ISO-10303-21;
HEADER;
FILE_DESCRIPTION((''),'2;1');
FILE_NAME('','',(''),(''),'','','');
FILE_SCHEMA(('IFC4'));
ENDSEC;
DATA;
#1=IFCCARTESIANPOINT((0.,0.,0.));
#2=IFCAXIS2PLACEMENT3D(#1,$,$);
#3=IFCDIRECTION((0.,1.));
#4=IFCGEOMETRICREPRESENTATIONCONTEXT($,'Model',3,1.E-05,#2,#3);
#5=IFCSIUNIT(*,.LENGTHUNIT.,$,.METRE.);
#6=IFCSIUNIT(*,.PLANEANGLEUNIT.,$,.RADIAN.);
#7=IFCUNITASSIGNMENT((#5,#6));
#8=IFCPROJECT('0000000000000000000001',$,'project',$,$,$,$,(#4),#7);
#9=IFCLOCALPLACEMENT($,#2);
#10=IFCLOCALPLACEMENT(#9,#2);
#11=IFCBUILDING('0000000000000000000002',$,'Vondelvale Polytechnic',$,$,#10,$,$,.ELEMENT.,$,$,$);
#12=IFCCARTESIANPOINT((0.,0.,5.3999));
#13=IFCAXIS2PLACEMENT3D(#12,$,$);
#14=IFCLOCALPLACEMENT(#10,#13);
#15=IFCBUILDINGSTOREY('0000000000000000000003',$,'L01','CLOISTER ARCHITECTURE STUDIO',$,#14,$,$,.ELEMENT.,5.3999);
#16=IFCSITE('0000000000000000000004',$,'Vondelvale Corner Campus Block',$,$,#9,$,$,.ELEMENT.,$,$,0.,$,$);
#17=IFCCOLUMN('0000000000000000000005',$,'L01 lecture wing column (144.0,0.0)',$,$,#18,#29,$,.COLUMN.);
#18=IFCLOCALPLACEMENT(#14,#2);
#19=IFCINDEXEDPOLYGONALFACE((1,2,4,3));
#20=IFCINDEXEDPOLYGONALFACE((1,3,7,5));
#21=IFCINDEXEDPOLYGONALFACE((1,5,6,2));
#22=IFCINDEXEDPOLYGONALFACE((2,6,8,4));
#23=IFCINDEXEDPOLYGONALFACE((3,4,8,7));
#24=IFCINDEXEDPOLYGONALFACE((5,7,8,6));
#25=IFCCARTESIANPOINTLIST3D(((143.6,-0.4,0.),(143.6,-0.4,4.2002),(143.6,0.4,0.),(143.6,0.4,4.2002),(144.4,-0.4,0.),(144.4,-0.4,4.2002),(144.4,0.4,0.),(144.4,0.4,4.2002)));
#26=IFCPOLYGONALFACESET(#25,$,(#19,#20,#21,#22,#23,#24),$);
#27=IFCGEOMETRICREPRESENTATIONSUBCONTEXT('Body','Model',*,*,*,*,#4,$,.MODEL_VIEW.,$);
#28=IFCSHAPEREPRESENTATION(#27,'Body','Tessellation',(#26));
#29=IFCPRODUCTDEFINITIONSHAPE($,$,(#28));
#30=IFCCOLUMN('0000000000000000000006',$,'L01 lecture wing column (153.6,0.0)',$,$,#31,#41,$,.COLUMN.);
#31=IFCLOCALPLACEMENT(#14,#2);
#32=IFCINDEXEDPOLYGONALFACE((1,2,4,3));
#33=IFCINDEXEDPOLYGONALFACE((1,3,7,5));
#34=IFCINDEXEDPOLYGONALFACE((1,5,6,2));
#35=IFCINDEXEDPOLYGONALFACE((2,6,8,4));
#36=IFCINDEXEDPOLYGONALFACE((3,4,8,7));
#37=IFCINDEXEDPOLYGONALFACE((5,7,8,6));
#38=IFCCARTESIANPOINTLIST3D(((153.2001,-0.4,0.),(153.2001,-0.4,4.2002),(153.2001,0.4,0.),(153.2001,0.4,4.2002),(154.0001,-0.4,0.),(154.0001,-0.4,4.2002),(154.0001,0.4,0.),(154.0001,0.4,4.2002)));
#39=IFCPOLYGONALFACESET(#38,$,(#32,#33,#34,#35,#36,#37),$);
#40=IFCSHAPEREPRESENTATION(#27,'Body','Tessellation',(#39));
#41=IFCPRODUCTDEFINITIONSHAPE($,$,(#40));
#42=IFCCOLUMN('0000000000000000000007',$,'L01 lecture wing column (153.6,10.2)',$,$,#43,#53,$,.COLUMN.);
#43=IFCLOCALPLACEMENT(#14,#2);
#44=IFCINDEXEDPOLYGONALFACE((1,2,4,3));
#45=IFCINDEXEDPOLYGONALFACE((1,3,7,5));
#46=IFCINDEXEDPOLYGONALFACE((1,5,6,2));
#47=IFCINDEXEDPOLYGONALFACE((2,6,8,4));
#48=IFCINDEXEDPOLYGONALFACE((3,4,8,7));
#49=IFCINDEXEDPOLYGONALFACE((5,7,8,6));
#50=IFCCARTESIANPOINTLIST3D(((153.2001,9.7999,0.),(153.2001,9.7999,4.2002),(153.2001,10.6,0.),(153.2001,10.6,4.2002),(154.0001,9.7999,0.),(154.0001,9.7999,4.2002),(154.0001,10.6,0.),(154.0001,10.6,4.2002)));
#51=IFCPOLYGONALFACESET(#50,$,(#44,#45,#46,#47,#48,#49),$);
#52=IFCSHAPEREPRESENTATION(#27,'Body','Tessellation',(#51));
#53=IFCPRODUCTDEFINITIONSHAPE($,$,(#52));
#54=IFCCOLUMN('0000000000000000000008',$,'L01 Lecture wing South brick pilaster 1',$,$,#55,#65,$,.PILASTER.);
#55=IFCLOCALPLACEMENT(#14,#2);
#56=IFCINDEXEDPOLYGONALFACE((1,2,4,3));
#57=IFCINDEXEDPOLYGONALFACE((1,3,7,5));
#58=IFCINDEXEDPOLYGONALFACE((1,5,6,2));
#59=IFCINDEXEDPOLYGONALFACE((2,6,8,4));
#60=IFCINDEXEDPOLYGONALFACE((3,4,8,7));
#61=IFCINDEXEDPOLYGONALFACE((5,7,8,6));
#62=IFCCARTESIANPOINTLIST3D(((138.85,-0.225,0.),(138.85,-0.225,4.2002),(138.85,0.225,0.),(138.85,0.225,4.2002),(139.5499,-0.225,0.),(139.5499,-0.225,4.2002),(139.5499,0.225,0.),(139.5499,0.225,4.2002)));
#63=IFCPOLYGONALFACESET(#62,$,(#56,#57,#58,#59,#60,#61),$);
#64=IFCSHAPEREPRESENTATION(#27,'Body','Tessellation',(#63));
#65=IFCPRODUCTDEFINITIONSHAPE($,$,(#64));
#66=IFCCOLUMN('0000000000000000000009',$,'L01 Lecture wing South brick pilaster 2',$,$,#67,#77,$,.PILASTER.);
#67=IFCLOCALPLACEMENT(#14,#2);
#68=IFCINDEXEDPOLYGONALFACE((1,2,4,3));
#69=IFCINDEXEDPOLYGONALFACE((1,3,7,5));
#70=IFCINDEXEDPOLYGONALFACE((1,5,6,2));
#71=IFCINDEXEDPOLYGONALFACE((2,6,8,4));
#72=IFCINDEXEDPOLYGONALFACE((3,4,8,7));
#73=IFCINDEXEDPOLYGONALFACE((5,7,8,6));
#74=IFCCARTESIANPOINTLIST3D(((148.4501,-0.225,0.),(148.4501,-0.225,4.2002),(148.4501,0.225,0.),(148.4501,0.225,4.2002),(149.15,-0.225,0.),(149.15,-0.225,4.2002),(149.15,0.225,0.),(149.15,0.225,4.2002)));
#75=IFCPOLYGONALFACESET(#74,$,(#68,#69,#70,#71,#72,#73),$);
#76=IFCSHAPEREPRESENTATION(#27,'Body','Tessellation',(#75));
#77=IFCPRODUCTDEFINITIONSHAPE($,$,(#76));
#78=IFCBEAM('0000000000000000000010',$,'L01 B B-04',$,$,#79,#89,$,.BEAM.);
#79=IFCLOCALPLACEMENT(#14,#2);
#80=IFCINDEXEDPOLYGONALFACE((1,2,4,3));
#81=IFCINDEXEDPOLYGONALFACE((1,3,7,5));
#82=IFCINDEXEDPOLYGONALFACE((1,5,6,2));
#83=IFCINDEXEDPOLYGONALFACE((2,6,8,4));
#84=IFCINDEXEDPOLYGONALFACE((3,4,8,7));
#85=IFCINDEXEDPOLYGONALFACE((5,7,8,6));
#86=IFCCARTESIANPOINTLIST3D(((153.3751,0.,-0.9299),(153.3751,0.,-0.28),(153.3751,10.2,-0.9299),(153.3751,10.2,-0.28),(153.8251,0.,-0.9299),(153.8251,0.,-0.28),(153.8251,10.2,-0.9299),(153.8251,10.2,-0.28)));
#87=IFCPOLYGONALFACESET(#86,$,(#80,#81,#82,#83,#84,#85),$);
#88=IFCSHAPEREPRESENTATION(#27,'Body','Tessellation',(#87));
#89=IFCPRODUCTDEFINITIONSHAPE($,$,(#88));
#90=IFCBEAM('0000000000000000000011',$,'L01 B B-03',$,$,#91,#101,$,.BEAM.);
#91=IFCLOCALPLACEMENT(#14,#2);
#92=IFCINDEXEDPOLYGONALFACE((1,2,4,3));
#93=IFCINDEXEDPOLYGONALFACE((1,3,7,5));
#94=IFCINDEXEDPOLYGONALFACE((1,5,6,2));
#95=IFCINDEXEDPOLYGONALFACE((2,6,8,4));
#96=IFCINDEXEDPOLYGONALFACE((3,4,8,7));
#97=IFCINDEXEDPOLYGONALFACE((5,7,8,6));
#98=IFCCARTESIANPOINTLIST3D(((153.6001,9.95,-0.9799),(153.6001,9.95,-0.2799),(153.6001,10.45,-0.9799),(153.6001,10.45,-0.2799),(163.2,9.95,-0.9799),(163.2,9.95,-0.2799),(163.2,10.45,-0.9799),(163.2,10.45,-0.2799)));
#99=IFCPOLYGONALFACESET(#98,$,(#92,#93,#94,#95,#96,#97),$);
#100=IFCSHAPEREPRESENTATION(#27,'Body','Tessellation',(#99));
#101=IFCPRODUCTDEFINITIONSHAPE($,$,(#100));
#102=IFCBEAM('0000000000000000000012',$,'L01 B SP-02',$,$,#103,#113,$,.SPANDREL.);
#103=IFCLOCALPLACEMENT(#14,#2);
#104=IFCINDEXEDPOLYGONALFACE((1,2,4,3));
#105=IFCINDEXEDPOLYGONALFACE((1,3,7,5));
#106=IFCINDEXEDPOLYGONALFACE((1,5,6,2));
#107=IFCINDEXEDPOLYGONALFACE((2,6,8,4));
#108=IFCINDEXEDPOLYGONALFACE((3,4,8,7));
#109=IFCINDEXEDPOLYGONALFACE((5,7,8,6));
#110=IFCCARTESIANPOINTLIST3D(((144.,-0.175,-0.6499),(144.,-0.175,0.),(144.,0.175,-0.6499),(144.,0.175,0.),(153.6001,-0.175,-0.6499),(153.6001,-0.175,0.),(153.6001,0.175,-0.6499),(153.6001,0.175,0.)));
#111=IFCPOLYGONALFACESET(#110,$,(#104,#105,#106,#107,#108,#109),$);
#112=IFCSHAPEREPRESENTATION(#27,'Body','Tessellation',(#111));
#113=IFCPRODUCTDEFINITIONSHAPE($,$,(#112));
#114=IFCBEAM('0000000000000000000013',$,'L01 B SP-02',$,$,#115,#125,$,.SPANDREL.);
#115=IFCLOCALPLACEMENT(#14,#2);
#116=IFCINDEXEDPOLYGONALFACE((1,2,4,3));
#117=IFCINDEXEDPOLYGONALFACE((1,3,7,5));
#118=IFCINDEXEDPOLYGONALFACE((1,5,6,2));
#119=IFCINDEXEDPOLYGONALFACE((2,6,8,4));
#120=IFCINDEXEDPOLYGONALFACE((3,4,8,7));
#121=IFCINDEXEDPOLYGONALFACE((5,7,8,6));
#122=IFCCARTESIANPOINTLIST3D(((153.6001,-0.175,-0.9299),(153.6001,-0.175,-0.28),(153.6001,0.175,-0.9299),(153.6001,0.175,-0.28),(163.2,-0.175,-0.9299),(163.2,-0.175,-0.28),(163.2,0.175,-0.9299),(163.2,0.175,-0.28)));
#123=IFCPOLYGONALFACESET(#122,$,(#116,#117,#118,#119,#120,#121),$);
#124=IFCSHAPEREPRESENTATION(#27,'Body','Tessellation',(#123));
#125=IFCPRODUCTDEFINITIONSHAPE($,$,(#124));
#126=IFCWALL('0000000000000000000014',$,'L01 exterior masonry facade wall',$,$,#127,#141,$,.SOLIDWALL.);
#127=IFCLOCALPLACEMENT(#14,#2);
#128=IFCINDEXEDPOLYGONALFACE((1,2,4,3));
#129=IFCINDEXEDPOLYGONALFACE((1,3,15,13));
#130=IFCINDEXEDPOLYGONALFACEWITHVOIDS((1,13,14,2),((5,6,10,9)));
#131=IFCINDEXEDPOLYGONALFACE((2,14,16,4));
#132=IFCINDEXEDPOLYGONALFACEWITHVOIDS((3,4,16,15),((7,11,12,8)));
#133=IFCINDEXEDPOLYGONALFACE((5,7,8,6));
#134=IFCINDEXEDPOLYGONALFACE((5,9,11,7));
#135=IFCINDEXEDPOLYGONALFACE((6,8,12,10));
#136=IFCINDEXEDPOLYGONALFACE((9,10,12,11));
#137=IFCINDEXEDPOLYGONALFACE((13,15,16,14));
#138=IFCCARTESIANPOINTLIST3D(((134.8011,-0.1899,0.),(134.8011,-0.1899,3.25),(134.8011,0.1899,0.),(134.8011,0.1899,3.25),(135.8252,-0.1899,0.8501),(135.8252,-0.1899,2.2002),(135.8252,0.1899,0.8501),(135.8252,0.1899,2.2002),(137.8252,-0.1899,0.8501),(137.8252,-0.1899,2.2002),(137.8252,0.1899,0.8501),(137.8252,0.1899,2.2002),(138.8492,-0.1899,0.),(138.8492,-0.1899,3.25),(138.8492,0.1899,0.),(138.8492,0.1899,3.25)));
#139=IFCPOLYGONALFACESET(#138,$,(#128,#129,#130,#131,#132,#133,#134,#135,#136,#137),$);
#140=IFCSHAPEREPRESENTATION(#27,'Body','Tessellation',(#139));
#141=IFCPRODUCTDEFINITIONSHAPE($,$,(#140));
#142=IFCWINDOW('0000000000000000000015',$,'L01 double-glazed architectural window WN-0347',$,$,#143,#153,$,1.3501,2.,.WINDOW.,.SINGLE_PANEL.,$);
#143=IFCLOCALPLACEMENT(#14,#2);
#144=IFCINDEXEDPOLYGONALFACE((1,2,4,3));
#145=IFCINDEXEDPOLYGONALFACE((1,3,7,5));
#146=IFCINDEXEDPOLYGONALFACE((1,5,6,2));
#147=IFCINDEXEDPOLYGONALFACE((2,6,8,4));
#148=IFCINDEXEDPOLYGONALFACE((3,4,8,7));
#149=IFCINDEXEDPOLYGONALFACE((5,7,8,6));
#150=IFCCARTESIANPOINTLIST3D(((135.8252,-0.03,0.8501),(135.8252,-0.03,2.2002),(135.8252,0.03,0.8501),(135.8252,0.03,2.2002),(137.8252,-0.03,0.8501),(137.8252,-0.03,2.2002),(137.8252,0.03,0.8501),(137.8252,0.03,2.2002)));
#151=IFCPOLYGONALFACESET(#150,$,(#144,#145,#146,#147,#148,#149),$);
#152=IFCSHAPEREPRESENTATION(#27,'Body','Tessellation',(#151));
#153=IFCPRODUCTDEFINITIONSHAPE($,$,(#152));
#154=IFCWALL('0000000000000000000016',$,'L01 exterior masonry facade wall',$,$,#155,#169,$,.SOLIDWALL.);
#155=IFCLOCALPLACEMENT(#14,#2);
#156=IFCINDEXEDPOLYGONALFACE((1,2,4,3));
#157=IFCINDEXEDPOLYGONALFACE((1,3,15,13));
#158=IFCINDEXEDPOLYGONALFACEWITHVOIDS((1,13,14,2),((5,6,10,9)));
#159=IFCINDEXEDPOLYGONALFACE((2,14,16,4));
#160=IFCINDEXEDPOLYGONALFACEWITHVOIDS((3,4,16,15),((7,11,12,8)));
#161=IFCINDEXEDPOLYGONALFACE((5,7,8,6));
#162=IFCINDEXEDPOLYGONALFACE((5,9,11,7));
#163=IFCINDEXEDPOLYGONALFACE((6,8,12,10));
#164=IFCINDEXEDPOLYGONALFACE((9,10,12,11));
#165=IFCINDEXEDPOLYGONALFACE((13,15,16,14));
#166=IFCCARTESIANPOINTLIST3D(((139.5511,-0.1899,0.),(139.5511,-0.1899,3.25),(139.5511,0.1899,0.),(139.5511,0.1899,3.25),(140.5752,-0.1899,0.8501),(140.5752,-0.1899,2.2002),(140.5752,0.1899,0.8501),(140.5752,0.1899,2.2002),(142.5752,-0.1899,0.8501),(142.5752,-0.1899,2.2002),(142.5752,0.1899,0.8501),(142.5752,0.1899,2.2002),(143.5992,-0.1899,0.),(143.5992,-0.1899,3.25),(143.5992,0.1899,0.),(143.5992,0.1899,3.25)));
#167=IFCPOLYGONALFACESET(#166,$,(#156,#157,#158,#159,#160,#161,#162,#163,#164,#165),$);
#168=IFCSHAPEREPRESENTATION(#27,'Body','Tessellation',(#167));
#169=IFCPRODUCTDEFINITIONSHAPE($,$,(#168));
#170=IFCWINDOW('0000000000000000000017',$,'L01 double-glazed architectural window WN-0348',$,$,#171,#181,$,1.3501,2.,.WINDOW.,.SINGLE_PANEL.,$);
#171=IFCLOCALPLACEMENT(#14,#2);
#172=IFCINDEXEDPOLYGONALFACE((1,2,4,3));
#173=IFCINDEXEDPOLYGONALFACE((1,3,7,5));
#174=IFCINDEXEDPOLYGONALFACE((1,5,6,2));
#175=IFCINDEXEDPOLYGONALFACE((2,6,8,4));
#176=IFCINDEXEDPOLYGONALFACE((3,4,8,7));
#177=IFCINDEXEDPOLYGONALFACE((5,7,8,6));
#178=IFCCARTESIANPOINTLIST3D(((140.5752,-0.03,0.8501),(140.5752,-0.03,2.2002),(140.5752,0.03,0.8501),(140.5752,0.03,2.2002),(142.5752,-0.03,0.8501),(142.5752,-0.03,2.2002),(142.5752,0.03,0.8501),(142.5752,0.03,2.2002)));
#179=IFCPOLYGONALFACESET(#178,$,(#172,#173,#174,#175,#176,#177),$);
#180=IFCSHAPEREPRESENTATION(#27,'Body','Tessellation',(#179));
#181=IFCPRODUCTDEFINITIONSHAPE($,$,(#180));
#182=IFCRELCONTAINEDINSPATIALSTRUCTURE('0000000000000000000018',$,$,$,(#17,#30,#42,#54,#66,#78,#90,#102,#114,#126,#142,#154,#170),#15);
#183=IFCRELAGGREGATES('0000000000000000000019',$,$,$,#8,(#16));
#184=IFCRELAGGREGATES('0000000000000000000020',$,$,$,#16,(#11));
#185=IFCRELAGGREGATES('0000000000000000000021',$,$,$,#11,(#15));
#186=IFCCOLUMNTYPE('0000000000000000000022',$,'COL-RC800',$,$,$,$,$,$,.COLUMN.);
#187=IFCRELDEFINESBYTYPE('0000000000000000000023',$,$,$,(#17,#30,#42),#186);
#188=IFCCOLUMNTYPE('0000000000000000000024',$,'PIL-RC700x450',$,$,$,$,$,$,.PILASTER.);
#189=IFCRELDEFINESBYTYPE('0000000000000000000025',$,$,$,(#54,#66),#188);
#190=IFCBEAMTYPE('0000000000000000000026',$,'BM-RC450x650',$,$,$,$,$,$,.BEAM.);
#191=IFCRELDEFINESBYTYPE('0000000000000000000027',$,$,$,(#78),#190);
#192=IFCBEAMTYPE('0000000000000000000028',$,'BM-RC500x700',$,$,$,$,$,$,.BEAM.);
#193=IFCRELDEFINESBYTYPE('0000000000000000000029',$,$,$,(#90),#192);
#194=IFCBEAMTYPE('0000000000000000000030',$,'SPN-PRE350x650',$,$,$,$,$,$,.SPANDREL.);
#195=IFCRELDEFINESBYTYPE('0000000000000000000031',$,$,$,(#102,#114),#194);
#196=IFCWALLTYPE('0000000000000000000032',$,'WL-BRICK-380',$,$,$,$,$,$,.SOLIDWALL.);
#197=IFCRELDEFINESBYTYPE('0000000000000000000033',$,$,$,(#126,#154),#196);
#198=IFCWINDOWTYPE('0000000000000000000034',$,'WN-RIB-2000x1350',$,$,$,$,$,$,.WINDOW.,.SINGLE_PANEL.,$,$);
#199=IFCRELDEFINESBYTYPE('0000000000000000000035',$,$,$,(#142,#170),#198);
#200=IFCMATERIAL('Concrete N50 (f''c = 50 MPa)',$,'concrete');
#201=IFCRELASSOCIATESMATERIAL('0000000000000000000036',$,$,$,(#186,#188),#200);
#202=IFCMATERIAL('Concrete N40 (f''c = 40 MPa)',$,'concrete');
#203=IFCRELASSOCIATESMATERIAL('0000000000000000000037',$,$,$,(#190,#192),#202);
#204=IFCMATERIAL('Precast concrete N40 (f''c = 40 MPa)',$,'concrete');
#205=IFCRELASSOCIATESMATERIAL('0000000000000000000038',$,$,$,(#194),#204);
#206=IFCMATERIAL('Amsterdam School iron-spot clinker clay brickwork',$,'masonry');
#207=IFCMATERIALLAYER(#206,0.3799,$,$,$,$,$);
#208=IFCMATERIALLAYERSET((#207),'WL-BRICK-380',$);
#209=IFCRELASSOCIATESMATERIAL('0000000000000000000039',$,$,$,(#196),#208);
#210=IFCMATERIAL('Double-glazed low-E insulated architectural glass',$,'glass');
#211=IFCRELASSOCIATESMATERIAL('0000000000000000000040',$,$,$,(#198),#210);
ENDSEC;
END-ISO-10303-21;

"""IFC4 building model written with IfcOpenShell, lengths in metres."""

from ifc_helpers import new_model, si_unit, direction, frame, frame_2d, origin, origin_2d, place, context, subcontext, project, spatial, rectangle, extrude, material, layer, layer_set, material_profile, profile_set, type_object, element, fill, save


model = new_model("IFC4")

# Units and contexts
model_context = context("Model", 3, precision=1e-05, world=origin(), true_north=direction((0.0, 1.0)))
body_context = subcontext(model_context, "Body", "Model", "MODEL_VIEW")
ifc_project = project(units=[si_unit("LENGTHUNIT", "METRE"), si_unit("PLANEANGLEUNIT", "RADIAN")], contexts=[model_context])

# Site, building, storey
site_placement = place(None, origin())
site = spatial("IfcSite", under=ifc_project, at=site_placement, Name="Vondelvale Corner Campus Block", CompositionType="ELEMENT", RefElevation=0.0)
building_placement = place(site_placement, origin())
building = spatial("IfcBuilding", under=site, at=building_placement, Name="Vondelvale Polytechnic", CompositionType="ELEMENT")
storey_placement = place(building_placement, frame((0.0, 0.0, 5.3999)))
storey = spatial("IfcBuildingStorey", under=building, at=storey_placement, Name="L01", Description="CLOISTER ARCHITECTURE STUDIO", CompositionType="ELEMENT", Elevation=5.3999)

# Columns
ifc_material_1 = material(Name="Concrete N50 (f'c = 50 MPa)", Category="concrete")
ifc_material_profile_1 = material_profile(ifc_material_1, rectangle(XDim=0.8, YDim=0.8, at=origin_2d()), Name="RC-COL-800x800")
ifc_profile_set_1 = profile_set([ifc_material_profile_1], Name="Concrete N50 (f'c = 50 MPa)")
column_type_1 = type_object("IfcColumnType", Name="COL-RC800", PredefinedType="COLUMN", material=ifc_profile_set_1)
for number, where, z_axis, x_axis, name in (
    (1, (144.0, 0.0, 0.0), (0.0, 0.0, 1.0), (1.0, 0.0, 0.0), "L01 lecture wing column (144.0,0.0)"),
    (2, (153.6001, 0.0, 0.0), (0.0, 0.0, 1.0), (1.0, 0.0, 0.0), "L01 lecture wing column (153.6,0.0)"),
    (3, (153.6001, 10.2, 0.0), (0.0, 0.0, 1.0), (1.0, 0.0, 0.0), "L01 lecture wing column (153.6,10.2)"),
):
    element("IfcColumn", number, at=place(storey_placement, frame(where, z_axis=z_axis, x_axis=x_axis)), inside=storey, type_object=column_type_1, Name=name, PredefinedType="COLUMN", context=body_context, shape_type="SweptSolid", body=[
        extrude(rectangle(XDim=0.8, YDim=0.8, at=origin_2d()), origin(), (0.0, 0.0, 1.0), 4.2002),
    ])
ifc_material_profile_2 = material_profile(ifc_material_1, rectangle(XDim=0.45, YDim=0.7, at=origin_2d()), Name="RC-PIL-700x450")
ifc_profile_set_2 = profile_set([ifc_material_profile_2], Name="Concrete N50 (f'c = 50 MPa)")
column_type_2 = type_object("IfcColumnType", Name="PIL-RC700x450", PredefinedType="PILASTER", material=ifc_profile_set_2)
for number, where, z_axis, x_axis, name in (
    (4, (139.2, 0.0, 0.0), (0.0, 0.0, 1.0), (0.0, 1.0, 0.0), "L01 Lecture wing South brick pilaster 1"),
    (5, (148.8, 0.0, 0.0), (0.0, 0.0, 1.0), (0.0, 1.0, 0.0), "L01 Lecture wing South brick pilaster 2"),
):
    element("IfcColumn", number, at=place(storey_placement, frame(where, z_axis=z_axis, x_axis=x_axis)), inside=storey, type_object=column_type_2, Name=name, PredefinedType="PILASTER", context=body_context, shape_type="SweptSolid", body=[
        extrude(rectangle(XDim=0.45, YDim=0.7, at=origin_2d()), origin(), (0.0, 0.0, 1.0), 4.2002),
    ])

# Beams
ifc_material_2 = material(Name="Concrete N40 (f'c = 40 MPa)", Category="concrete")
ifc_material_profile_3 = material_profile(ifc_material_2, rectangle(XDim=0.45, YDim=0.6499, at=origin_2d()), Name="RC-BM-450x650")
ifc_profile_set_3 = profile_set([ifc_material_profile_3], Name="Concrete N40 (f'c = 40 MPa)")
beam_type_1 = type_object("IfcBeamType", Name="BM-RC450x650", PredefinedType="BEAM", material=ifc_profile_set_3)
beam_1_placement = place(storey_placement, frame((153.6001, 0.0, -0.605), z_axis=(0.0, 1.0, 0.0), x_axis=(-1.0, 0.0, 0.0)))
element("IfcBeam", 6, at=beam_1_placement, inside=storey, type_object=beam_type_1, Name="L01 B B-04", PredefinedType="BEAM", context=body_context, shape_type="SweptSolid", body=[
    extrude(rectangle(XDim=0.45, YDim=0.6499, at=origin_2d()), origin(), (0.0, 0.0, 1.0), 10.2),
])
ifc_material_profile_4 = material_profile(ifc_material_2, rectangle(XDim=0.5, YDim=0.7, at=origin_2d()), Name="RC-BM-500x700")
ifc_profile_set_4 = profile_set([ifc_material_profile_4], Name="Concrete N40 (f'c = 40 MPa)")
beam_type_2 = type_object("IfcBeamType", Name="BM-RC500x700", PredefinedType="BEAM", material=ifc_profile_set_4)
beam_2_placement = place(storey_placement, frame((153.6001, 10.2, -0.6299), z_axis=(1.0, 0.0, 0.0), x_axis=(0.0, 1.0, 0.0)))
element("IfcBeam", 7, at=beam_2_placement, inside=storey, type_object=beam_type_2, Name="L01 B B-03", PredefinedType="BEAM", context=body_context, shape_type="SweptSolid", body=[
    extrude(rectangle(XDim=0.5, YDim=0.7, at=origin_2d()), origin(), (0.0, 0.0, 1.0), 9.5999),
])
ifc_material_3 = material(Name="Precast concrete N40 (f'c = 40 MPa)", Category="concrete")
ifc_material_profile_5 = material_profile(ifc_material_3, rectangle(XDim=0.3501, YDim=0.6499, at=origin_2d()), Name="RC-SPN-350x650")
ifc_profile_set_5 = profile_set([ifc_material_profile_5], Name="Precast concrete N40 (f'c = 40 MPa)")
beam_type_3 = type_object("IfcBeamType", Name="SPN-PRE350x650", PredefinedType="SPANDREL", material=ifc_profile_set_5)
beam_3_placement = place(storey_placement, frame((144.0, 0.0, -0.325), z_axis=(1.0, 0.0, 0.0), x_axis=(0.0, 1.0, 0.0)))
element("IfcBeam", 8, at=beam_3_placement, inside=storey, type_object=beam_type_3, Name="L01 B SP-02", PredefinedType="SPANDREL", context=body_context, shape_type="SweptSolid", body=[
    extrude(rectangle(XDim=0.3501, YDim=0.6499, at=origin_2d()), origin(), (0.0, 0.0, 1.0), 9.6001),
])
beam_4_placement = place(storey_placement, frame((153.6001, 0.0, -0.605), z_axis=(1.0, 0.0, 0.0), x_axis=(0.0, 1.0, 0.0)))
element("IfcBeam", 9, at=beam_4_placement, inside=storey, type_object=beam_type_3, Name="L01 B SP-02", PredefinedType="SPANDREL", context=body_context, shape_type="SweptSolid", body=[
    extrude(rectangle(XDim=0.3501, YDim=0.6499, at=origin_2d()), origin(), (0.0, 0.0, 1.0), 9.5999),
])

# Walls, openings, windows
ifc_material_4 = material(Name="Amsterdam School iron-spot clinker clay brickwork", Category="masonry")
ifc_layer_1 = layer(ifc_material_4, 0.3799)
ifc_layer_set_1 = layer_set([ifc_layer_1], Name="WL-BRICK-380")
wall_type_1 = type_object("IfcWallType", Name="WL-BRICK-380", PredefinedType="SOLIDWALL", material=ifc_layer_set_1)
wall_1_placement = place(storey_placement, frame((138.8491, 0.0, 0.0), z_axis=(0.0, 0.0, 1.0), x_axis=(-1.0, 0.0, 0.0)))
wall_1 = element("IfcWall", 10, at=wall_1_placement, inside=storey, type_object=wall_type_1, Name="L01 exterior masonry facade wall", PredefinedType="SOLIDWALL", context=body_context, shape_type="SweptSolid", body=[
    extrude(rectangle(XDim=4.0481, YDim=0.3799, at=frame_2d((2.0239, 0.0))), origin(), (0.0, 0.0, 1.0), 3.25),
])
opening_1_placement = place(wall_1_placement, frame((1.0239, 0.0, 0.8501)))
opening_1 = element("IfcOpeningElement", 11, at=opening_1_placement, cuts=wall_1, PredefinedType="OPENING", context=body_context, shape_type="SweptSolid", body=[
    extrude(rectangle(XDim=2.0, YDim=1.3501, at=frame_2d((1.0, 0.675))), frame((0.0, 0.2, 0.0), z_axis=(0.0, -1.0, 0.0), x_axis=(1.0, 0.0, 0.0)), (0.0, 0.0, 1.0), 0.3999),
])
ifc_material_5 = material(Name="Double-glazed low-E insulated architectural glass", Category="glass")
window_type = type_object("IfcWindowType", Name="WN-RIB-2000x1350", PartitioningType="SINGLE_PANEL", PredefinedType="WINDOW", material=ifc_material_5)
window_1_placement = place(opening_1_placement, origin())
window_1 = element("IfcWindow", 12, at=window_1_placement, inside=storey, type_object=window_type, Name="L01 double-glazed architectural window WN-0347", OverallHeight=1.3501, OverallWidth=2.0, PartitioningType="SINGLE_PANEL", PredefinedType="WINDOW", context=body_context, shape_type="SweptSolid", body=[
    extrude(rectangle(XDim=2.0, YDim=1.3501, at=frame_2d((1.0, 0.675))), frame((0.0, 0.03, 0.0), z_axis=(0.0, -1.0, 0.0), x_axis=(1.0, 0.0, 0.0)), (0.0, 0.0, 1.0), 0.0601),
])
fill(opening_1, window_1)
wall_2_placement = place(storey_placement, frame((143.5991, 0.0, 0.0), z_axis=(0.0, 0.0, 1.0), x_axis=(-1.0, 0.0, 0.0)))
wall_2 = element("IfcWall", 13, at=wall_2_placement, inside=storey, type_object=wall_type_1, Name="L01 exterior masonry facade wall", PredefinedType="SOLIDWALL", context=body_context, shape_type="SweptSolid", body=[
    extrude(rectangle(XDim=4.0481, YDim=0.3799, at=frame_2d((2.0239, 0.0))), origin(), (0.0, 0.0, 1.0), 3.25),
])
opening_2_placement = place(wall_2_placement, frame((1.0239, 0.0, 0.8501)))
opening_2 = element("IfcOpeningElement", 14, at=opening_2_placement, cuts=wall_2, PredefinedType="OPENING", context=body_context, shape_type="SweptSolid", body=[
    extrude(rectangle(XDim=2.0, YDim=1.3501, at=frame_2d((1.0, 0.675))), frame((0.0, 0.2, 0.0), z_axis=(0.0, -1.0, 0.0), x_axis=(1.0, 0.0, 0.0)), (0.0, 0.0, 1.0), 0.3999),
])
window_2_placement = place(opening_2_placement, origin())
window_2 = element("IfcWindow", 15, at=window_2_placement, inside=storey, type_object=window_type, Name="L01 double-glazed architectural window WN-0348", OverallHeight=1.3501, OverallWidth=2.0, PartitioningType="SINGLE_PANEL", PredefinedType="WINDOW", context=body_context, shape_type="SweptSolid", body=[
    extrude(rectangle(XDim=2.0, YDim=1.3501, at=frame_2d((1.0, 0.675))), frame((0.0, 0.03, 0.0), z_axis=(0.0, -1.0, 0.0), x_axis=(1.0, 0.0, 0.0)), (0.0, 0.0, 1.0), 0.0601),
])
fill(opening_2, window_2)

save(model, "model.ifc")
